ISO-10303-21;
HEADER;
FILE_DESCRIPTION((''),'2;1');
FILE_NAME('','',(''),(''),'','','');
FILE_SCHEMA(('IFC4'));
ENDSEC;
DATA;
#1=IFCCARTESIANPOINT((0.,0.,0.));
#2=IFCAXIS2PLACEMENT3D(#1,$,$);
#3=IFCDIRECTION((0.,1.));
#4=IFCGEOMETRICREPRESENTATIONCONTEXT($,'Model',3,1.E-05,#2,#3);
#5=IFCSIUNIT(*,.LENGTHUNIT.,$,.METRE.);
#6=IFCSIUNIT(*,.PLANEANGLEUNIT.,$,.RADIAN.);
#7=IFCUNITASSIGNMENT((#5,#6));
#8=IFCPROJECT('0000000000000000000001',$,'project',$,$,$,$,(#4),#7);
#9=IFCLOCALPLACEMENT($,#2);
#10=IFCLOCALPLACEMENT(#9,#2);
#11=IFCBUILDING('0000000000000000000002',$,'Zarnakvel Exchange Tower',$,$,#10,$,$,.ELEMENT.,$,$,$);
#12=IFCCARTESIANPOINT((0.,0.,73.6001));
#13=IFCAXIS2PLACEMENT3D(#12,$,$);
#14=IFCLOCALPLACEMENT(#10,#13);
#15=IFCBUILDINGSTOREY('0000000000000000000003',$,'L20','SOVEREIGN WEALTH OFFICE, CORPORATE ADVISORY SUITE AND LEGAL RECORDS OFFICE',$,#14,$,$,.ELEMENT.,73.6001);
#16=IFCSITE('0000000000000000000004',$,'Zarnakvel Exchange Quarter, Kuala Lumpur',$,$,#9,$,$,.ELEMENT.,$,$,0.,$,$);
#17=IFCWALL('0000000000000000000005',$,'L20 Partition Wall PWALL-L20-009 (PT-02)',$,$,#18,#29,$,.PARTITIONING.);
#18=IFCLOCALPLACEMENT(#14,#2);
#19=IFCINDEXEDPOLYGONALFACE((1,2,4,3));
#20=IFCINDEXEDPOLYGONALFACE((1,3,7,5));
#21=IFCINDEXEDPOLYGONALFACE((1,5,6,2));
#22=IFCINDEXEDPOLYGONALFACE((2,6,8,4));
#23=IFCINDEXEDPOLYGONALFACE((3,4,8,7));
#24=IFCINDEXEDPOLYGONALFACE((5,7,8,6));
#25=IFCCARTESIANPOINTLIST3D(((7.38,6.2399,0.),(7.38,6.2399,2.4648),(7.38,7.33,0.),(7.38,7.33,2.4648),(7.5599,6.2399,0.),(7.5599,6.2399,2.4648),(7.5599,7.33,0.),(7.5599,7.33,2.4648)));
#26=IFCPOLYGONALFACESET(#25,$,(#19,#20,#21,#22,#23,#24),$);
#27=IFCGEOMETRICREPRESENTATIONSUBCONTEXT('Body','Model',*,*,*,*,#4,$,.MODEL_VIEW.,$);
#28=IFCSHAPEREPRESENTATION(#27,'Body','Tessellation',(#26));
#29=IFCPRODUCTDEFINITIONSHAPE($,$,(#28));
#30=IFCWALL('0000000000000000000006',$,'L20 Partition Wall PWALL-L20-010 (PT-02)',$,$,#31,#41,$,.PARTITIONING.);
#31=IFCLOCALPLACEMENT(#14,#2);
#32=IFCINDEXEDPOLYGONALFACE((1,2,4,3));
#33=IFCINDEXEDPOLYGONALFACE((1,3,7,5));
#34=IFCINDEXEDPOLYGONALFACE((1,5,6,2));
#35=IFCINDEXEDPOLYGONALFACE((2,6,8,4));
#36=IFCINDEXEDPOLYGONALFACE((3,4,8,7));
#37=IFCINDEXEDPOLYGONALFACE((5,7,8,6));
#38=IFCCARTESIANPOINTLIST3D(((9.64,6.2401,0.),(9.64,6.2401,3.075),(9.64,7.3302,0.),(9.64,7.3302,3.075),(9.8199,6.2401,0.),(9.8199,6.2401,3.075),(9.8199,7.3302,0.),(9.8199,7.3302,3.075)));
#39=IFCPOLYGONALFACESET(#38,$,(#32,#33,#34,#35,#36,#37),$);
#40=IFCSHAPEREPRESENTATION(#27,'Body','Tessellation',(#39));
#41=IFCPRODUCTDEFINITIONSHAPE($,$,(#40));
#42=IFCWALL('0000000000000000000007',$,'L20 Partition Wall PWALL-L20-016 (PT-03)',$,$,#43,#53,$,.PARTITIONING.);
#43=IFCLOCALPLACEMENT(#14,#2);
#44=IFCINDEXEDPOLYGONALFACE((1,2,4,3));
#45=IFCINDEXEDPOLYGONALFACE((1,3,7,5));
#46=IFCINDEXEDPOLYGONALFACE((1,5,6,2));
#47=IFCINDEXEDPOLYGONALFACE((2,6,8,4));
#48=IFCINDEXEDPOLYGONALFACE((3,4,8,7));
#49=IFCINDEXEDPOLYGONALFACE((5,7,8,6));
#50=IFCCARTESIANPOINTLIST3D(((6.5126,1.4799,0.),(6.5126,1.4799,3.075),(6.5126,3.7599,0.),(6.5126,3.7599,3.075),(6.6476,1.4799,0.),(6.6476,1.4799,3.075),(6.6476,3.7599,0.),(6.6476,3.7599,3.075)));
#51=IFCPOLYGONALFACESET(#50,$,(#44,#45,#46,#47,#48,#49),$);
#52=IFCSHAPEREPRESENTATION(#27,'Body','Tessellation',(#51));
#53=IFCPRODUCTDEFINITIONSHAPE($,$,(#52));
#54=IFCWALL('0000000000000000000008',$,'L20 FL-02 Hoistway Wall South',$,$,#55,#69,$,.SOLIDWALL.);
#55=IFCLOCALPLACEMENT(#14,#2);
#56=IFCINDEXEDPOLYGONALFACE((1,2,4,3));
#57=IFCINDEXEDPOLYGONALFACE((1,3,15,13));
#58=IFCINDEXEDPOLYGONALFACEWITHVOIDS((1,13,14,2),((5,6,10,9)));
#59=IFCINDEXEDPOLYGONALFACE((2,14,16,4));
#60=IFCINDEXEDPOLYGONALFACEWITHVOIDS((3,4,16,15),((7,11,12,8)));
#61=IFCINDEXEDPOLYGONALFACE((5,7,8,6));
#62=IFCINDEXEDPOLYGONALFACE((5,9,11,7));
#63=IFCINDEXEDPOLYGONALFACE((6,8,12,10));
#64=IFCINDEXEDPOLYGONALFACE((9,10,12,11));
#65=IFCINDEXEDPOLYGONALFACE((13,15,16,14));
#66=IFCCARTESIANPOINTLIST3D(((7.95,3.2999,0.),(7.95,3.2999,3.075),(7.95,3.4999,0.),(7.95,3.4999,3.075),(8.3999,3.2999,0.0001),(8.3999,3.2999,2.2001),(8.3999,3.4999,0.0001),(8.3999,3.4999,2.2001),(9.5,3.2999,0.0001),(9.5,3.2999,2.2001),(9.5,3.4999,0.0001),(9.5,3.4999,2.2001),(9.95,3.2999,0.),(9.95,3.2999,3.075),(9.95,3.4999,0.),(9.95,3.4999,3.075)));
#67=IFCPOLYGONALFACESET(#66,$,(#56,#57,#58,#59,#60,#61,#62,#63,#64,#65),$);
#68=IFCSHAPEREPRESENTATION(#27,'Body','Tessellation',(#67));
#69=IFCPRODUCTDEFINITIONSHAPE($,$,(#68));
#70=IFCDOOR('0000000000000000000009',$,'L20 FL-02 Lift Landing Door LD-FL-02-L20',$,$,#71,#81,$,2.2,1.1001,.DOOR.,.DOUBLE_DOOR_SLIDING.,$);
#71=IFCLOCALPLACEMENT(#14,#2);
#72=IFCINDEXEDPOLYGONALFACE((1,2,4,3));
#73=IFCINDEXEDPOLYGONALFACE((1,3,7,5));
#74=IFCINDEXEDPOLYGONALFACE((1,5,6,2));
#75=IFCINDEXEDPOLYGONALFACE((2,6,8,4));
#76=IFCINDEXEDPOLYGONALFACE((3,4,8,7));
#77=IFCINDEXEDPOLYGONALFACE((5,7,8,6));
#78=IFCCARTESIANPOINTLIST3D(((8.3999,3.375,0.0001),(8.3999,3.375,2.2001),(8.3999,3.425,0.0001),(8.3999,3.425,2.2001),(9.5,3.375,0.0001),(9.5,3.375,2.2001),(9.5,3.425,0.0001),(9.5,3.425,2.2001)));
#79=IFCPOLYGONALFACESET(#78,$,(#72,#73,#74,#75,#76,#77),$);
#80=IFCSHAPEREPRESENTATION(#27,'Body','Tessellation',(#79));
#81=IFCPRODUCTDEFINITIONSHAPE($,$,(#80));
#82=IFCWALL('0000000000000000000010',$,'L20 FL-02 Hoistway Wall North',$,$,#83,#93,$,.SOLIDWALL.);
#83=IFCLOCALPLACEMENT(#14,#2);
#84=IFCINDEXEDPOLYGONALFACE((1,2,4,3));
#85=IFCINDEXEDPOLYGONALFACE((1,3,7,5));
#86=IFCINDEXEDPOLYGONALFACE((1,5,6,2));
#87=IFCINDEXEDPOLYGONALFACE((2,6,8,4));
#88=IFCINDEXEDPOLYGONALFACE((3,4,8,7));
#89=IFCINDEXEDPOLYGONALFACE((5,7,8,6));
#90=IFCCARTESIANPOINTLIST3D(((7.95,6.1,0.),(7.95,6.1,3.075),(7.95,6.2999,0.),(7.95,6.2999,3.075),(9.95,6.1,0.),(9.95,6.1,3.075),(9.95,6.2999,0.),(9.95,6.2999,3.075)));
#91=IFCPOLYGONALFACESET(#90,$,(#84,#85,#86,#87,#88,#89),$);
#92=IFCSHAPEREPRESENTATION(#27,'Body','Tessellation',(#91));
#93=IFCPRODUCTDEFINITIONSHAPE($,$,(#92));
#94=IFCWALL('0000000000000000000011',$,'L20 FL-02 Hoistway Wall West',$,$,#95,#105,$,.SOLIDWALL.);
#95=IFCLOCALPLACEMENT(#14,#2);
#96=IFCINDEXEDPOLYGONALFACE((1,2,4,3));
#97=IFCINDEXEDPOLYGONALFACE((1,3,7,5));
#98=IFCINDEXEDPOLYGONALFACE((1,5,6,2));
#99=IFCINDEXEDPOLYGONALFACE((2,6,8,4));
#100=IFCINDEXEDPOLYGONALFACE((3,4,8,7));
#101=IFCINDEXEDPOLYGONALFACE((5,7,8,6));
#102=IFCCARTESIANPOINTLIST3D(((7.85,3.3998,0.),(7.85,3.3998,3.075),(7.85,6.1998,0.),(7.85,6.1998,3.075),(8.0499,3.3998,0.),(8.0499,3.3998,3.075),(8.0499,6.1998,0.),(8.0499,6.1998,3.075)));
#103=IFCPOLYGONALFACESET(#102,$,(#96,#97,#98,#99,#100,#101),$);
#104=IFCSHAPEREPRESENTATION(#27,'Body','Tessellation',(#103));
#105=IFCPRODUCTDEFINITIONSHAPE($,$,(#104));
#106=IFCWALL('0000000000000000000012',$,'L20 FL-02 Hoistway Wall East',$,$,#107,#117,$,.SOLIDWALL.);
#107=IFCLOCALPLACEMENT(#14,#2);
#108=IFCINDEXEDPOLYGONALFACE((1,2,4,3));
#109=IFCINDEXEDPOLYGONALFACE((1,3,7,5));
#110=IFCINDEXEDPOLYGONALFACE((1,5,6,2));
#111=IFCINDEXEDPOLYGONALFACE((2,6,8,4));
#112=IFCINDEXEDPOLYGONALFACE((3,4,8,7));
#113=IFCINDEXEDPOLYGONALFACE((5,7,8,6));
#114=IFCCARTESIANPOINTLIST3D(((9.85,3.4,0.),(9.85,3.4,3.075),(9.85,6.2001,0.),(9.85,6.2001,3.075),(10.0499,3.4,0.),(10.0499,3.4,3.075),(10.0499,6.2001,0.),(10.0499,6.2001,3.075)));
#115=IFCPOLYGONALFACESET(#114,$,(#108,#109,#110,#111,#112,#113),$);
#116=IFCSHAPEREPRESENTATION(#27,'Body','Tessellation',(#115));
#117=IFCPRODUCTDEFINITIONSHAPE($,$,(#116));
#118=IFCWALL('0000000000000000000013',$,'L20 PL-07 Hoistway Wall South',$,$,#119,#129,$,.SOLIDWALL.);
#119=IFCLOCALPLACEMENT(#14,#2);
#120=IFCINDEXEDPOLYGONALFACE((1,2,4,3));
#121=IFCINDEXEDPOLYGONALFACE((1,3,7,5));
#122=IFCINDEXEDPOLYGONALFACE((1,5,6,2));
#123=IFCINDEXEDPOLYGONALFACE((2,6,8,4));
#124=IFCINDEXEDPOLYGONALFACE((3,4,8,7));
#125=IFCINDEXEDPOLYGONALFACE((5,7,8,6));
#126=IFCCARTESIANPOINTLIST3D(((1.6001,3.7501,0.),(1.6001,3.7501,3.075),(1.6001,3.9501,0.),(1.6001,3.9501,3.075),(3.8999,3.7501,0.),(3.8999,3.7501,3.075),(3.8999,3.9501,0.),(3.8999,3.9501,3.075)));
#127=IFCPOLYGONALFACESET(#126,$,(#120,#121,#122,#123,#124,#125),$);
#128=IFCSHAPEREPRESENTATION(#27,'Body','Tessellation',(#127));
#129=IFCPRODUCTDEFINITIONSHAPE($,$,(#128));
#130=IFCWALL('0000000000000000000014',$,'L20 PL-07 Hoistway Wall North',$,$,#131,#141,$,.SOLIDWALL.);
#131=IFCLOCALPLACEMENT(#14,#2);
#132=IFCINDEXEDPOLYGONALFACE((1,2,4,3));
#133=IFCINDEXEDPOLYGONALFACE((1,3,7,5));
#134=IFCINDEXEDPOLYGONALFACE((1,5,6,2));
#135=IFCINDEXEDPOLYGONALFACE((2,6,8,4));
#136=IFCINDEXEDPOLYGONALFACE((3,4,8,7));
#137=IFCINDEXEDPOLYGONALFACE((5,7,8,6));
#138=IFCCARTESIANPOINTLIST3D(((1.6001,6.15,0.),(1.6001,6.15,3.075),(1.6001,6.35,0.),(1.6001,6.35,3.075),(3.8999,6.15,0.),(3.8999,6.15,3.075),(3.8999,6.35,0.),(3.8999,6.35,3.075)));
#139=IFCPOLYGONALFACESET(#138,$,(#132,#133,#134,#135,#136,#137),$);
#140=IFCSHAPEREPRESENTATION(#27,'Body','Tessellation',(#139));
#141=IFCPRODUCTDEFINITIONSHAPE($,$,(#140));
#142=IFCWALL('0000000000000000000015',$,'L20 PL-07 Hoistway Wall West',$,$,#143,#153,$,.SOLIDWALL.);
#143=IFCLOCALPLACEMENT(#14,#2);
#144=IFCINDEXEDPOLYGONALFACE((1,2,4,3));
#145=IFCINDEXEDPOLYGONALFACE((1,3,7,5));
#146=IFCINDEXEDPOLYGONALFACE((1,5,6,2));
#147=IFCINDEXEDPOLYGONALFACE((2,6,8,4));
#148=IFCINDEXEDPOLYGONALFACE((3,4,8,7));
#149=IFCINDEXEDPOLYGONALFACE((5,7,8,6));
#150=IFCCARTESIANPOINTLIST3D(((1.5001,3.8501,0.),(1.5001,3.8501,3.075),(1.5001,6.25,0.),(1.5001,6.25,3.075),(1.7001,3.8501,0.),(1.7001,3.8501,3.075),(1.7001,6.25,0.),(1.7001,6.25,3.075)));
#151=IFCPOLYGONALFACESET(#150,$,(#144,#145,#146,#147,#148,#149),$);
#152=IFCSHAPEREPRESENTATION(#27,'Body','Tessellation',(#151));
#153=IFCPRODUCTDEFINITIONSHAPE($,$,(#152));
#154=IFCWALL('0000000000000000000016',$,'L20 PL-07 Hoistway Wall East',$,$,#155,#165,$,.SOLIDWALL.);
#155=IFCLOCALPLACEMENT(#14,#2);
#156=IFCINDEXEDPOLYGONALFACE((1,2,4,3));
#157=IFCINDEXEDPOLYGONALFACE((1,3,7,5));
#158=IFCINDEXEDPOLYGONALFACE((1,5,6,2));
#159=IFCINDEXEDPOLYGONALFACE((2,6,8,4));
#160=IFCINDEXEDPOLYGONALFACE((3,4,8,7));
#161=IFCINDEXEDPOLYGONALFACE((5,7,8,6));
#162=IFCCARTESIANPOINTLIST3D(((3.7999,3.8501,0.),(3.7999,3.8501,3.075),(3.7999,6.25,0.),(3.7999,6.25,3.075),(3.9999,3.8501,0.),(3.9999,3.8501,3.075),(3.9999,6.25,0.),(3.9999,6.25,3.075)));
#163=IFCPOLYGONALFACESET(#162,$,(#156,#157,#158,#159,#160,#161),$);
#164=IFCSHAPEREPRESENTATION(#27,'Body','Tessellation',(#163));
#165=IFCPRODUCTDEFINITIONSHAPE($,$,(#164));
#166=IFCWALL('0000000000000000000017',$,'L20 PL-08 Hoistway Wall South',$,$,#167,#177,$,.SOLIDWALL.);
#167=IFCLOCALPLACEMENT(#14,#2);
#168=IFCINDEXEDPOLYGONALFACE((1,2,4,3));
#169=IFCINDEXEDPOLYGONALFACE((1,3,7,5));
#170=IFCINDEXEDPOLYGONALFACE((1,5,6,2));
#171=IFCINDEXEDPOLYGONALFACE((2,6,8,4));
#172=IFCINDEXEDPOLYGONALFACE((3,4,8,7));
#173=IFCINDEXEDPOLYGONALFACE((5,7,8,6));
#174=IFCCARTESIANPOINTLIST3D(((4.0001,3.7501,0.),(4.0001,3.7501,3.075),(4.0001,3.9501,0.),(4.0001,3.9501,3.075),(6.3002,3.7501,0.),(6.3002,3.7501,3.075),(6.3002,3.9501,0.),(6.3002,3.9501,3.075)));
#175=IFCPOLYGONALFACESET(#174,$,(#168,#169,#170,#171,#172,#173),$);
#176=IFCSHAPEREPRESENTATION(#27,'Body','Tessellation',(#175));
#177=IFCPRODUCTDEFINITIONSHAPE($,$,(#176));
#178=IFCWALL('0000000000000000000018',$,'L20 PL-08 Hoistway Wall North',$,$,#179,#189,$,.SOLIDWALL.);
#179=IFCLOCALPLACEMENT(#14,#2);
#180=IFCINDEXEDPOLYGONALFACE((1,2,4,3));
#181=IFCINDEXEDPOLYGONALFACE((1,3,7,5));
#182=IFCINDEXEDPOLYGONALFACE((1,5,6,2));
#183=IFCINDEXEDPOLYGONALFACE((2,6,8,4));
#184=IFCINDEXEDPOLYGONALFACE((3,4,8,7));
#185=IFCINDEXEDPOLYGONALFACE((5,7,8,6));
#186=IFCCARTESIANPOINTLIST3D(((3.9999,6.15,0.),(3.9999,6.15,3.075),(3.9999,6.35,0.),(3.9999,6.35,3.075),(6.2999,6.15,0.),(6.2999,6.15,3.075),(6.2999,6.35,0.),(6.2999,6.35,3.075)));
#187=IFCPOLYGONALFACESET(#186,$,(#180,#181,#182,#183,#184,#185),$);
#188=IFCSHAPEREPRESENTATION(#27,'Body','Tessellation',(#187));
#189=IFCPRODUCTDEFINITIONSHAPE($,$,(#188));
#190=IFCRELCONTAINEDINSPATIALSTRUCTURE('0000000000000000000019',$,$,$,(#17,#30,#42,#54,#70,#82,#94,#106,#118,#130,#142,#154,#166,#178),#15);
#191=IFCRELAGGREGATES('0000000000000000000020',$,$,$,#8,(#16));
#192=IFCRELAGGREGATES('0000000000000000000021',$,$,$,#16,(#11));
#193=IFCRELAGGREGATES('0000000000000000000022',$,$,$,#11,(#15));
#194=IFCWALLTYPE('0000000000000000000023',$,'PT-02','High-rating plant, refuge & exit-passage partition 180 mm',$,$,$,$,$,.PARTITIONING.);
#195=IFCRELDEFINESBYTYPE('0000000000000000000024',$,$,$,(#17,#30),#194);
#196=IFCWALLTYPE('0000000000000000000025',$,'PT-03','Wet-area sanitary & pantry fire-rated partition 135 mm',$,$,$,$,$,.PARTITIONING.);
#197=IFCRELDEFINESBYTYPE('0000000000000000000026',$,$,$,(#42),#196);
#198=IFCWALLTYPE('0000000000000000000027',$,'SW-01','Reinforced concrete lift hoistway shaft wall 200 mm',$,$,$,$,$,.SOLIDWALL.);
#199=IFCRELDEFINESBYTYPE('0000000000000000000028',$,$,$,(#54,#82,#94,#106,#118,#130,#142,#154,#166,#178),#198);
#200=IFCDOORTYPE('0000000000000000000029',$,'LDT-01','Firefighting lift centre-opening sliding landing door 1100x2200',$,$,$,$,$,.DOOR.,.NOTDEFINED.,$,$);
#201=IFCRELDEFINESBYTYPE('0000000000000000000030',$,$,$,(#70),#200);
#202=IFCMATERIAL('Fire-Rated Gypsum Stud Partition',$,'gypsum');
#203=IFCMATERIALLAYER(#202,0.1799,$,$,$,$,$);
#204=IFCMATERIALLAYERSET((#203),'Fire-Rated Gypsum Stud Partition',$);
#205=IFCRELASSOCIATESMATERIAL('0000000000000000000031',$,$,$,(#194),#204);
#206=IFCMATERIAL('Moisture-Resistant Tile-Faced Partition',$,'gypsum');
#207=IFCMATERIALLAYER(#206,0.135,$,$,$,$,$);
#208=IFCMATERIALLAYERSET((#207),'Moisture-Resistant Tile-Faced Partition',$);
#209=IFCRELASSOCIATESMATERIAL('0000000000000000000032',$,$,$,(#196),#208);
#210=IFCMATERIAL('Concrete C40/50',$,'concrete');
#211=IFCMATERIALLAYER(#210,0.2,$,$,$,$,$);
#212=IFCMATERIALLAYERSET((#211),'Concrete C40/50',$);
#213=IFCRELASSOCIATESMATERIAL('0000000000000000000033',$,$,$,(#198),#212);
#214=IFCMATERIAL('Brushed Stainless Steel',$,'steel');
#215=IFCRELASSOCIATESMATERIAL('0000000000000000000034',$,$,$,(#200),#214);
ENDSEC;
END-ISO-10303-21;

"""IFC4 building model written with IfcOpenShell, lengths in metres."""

from ifc_helpers import new_model, si_unit, direction, frame, frame_2d, origin, place, context, subcontext, project, spatial, rectangle, extrude, source, transform, mapped, material, layer, layer_set, type_object, element, fill, save


model = new_model("IFC4")

# Units and contexts
model_context = context("Model", 3, precision=1e-05, world=origin(), true_north=direction((0.0, 1.0)))
body_context = subcontext(model_context, "Body", "Model", "MODEL_VIEW")
ifc_project = project(units=[si_unit("LENGTHUNIT", "METRE"), si_unit("PLANEANGLEUNIT", "RADIAN")], contexts=[model_context])

# Site, building, storey
site_placement = place(None, origin())
site = spatial("IfcSite", under=ifc_project, at=site_placement, Name="Zarnakvel Exchange Quarter, Kuala Lumpur", CompositionType="ELEMENT", RefElevation=0.0)
building_placement = place(site_placement, origin())
building = spatial("IfcBuilding", under=site, at=building_placement, Name="Zarnakvel Exchange Tower", CompositionType="ELEMENT")
storey_placement = place(building_placement, frame((0.0, 0.0, 73.6001)))
storey = spatial("IfcBuildingStorey", under=building, at=storey_placement, Name="L20", Description="SOVEREIGN WEALTH OFFICE, CORPORATE ADVISORY SUITE AND LEGAL RECORDS OFFICE", CompositionType="ELEMENT", Elevation=73.6001)

# Walls
ifc_material_1 = material(Name="Fire-Rated Gypsum Stud Partition", Category="gypsum")
ifc_layer_1 = layer(ifc_material_1, 0.1799)
ifc_layer_set_1 = layer_set([ifc_layer_1], Name="Fire-Rated Gypsum Stud Partition")
wall_type_1 = type_object("IfcWallType", Name="PT-02", Description="High-rating plant, refuge & exit-passage partition 180 mm", PredefinedType="PARTITIONING", material=ifc_layer_set_1)
wall_1_placement = place(storey_placement, frame((7.47, 6.24, 0.0), z_axis=(0.0, 0.0, 1.0), x_axis=(0.0, 1.0, 0.0)))
element("IfcWall", 1, at=wall_1_placement, inside=storey, type_object=wall_type_1, Name="L20 Partition Wall PWALL-L20-009 (PT-02)", PredefinedType="PARTITIONING", context=body_context, shape_type="SweptSolid", body=[
    extrude(rectangle(XDim=1.0901, YDim=0.1799, at=frame_2d((0.5449, 0.0))), origin(), (0.0, 0.0, 1.0), 2.4648),
])
wall_2_placement = place(storey_placement, frame((9.73, 7.3301, 0.0), z_axis=(0.0, 0.0, 1.0), x_axis=(0.0, -1.0, 0.0)))
element("IfcWall", 2, at=wall_2_placement, inside=storey, type_object=wall_type_1, Name="L20 Partition Wall PWALL-L20-010 (PT-02)", PredefinedType="PARTITIONING", context=body_context, shape_type="SweptSolid", body=[
    extrude(rectangle(XDim=1.0901, YDim=0.1799, at=frame_2d((0.5449, 0.0))), origin(), (0.0, 0.0, 1.0), 3.075),
])
ifc_material_2 = material(Name="Moisture-Resistant Tile-Faced Partition", Category="gypsum")
ifc_layer_2 = layer(ifc_material_2, 0.135)
ifc_layer_set_2 = layer_set([ifc_layer_2], Name="Moisture-Resistant Tile-Faced Partition")
wall_type_2 = type_object("IfcWallType", Name="PT-03", Description="Wet-area sanitary & pantry fire-rated partition 135 mm", PredefinedType="PARTITIONING", material=ifc_layer_set_2)
wall_3_placement = place(storey_placement, frame((6.5801, 3.76, 0.0), z_axis=(0.0, 0.0, 1.0), x_axis=(0.0, -1.0, 0.0)))
element("IfcWall", 3, at=wall_3_placement, inside=storey, type_object=wall_type_2, Name="L20 Partition Wall PWALL-L20-016 (PT-03)", PredefinedType="PARTITIONING", context=body_context, shape_type="SweptSolid", body=[
    extrude(rectangle(XDim=2.28, YDim=0.135, at=frame_2d((1.1401, 0.0))), origin(), (0.0, 0.0, 1.0), 3.075),
])

# Wall, opening, door
ifc_material_3 = material(Name="Concrete C40/50", Category="concrete")
ifc_layer_3 = layer(ifc_material_3, 0.2)
ifc_layer_set_3 = layer_set([ifc_layer_3], Name="Concrete C40/50")
wall_type_3 = type_object("IfcWallType", Name="SW-01", Description="Reinforced concrete lift hoistway shaft wall 200 mm", PredefinedType="SOLIDWALL", material=ifc_layer_set_3)
wall_4_placement = place(storey_placement, frame((9.95, 3.3999, 0.0), z_axis=(0.0, 0.0, 1.0), x_axis=(-1.0, 0.0, 0.0)))
wall_4 = element("IfcWall", 4, at=wall_4_placement, inside=storey, type_object=wall_type_3, Name="L20 FL-02 Hoistway Wall South", PredefinedType="SOLIDWALL", context=body_context, shape_type="SweptSolid", body=[
    extrude(rectangle(XDim=2.0, YDim=0.2, at=frame_2d((1.0, 0.0))), origin(), (0.0, 0.0, 1.0), 3.075),
])
opening_placement = place(wall_4_placement, frame((0.45, 0.0, 0.0)))
opening = element("IfcOpeningElement", 5, at=opening_placement, cuts=wall_4, PredefinedType="OPENING", context=body_context, shape_type="SweptSolid", body=[
    extrude(rectangle(XDim=1.1001, YDim=2.2, at=frame_2d((0.55, 1.1001))), frame((0.0, 0.1099, 0.0), z_axis=(0.0, -1.0, 0.0), x_axis=(1.0, 0.0, 0.0)), (0.0, 0.0, 1.0), 0.22),
])
ifc_material_4 = material(Name="Brushed Stainless Steel", Category="steel")
door_type = type_object("IfcDoorType", Name="LDT-01", Description="Firefighting lift centre-opening sliding landing door 1100x2200", OperationType="NOTDEFINED", PredefinedType="DOOR", material=ifc_material_4)
shared_shape_1 = source(origin(), body_context, "Body", "SweptSolid", [
    extrude(rectangle(XDim=1.1001, YDim=2.2, at=frame_2d((0.55, 1.1001))), frame((0.0, 0.0249, 0.0), z_axis=(0.0, -1.0, 0.0), x_axis=(1.0, 0.0, 0.0)), (0.0, 0.0, 1.0), 0.05),
])
door_placement = place(opening_placement, origin())
door = element("IfcDoor", 6, at=door_placement, inside=storey, type_object=door_type, Name="L20 FL-02 Lift Landing Door LD-FL-02-L20", OperationType="DOUBLE_DOOR_SLIDING", OverallHeight=2.2, OverallWidth=1.1001, PredefinedType="DOOR", context=body_context, shape_type="MappedRepresentation", body=[
    mapped(shared_shape_1, transform((0.0, 0.0, 0.0), x_axis=(1.0, 0.0, 0.0), y_axis=(0.0, 1.0, 0.0), z_axis=(0.0, 0.0, 1.0), scale=1.0)),
])
fill(opening, door)

# Walls
wall_5_placement = place(storey_placement, frame((7.95, 6.2, 0.0), z_axis=(0.0, 0.0, 1.0), x_axis=(1.0, 0.0, 0.0)))
element("IfcWall", 7, at=wall_5_placement, inside=storey, type_object=wall_type_3, Name="L20 FL-02 Hoistway Wall North", PredefinedType="SOLIDWALL", context=body_context, shape_type="SweptSolid", body=[
    extrude(rectangle(XDim=2.0, YDim=0.2, at=frame_2d((1.0, 0.0))), origin(), (0.0, 0.0, 1.0), 3.075),
])
for number, where, z_axis, x_axis, name in (
    (8, (7.95, 3.3999, 0.0), (0.0, 0.0, 1.0), (0.0, 1.0, 0.0), "L20 FL-02 Hoistway Wall West"),
    (9, (9.95, 6.2, 0.0), (0.0, 0.0, 1.0), (0.0, -1.0, 0.0), "L20 FL-02 Hoistway Wall East"),
):
    element("IfcWall", number, at=place(storey_placement, frame(where, z_axis=z_axis, x_axis=x_axis)), inside=storey, type_object=wall_type_3, Name=name, PredefinedType="SOLIDWALL", context=body_context, shape_type="SweptSolid", body=[
        extrude(rectangle(XDim=2.8, YDim=0.2, at=frame_2d((1.3999, 0.0))), origin(), (0.0, 0.0, 1.0), 3.075),
    ])
for number, where, z_axis, x_axis, name in (
    (10, (3.8999, 3.8501, 0.0), (0.0, 0.0, 1.0), (-1.0, 0.0, 0.0), "L20 PL-07 Hoistway Wall South"),
    (11, (1.6001, 6.25, 0.0), (0.0, 0.0, 1.0), (1.0, 0.0, 0.0), "L20 PL-07 Hoistway Wall North"),
):
    element("IfcWall", number, at=place(storey_placement, frame(where, z_axis=z_axis, x_axis=x_axis)), inside=storey, type_object=wall_type_3, Name=name, PredefinedType="SOLIDWALL", context=body_context, shape_type="SweptSolid", body=[
        extrude(rectangle(XDim=2.2998, YDim=0.2, at=frame_2d((1.1499, 0.0))), origin(), (0.0, 0.0, 1.0), 3.075),
    ])
for number, where, z_axis, x_axis, name in (
    (12, (1.6001, 3.8501, 0.0), (0.0, 0.0, 1.0), (0.0, 1.0, 0.0), "L20 PL-07 Hoistway Wall West"),
    (13, (3.8999, 6.25, 0.0), (0.0, 0.0, 1.0), (0.0, -1.0, 0.0), "L20 PL-07 Hoistway Wall East"),
):
    element("IfcWall", number, at=place(storey_placement, frame(where, z_axis=z_axis, x_axis=x_axis)), inside=storey, type_object=wall_type_3, Name=name, PredefinedType="SOLIDWALL", context=body_context, shape_type="SweptSolid", body=[
        extrude(rectangle(XDim=2.3999, YDim=0.2, at=frame_2d((1.2, 0.0))), origin(), (0.0, 0.0, 1.0), 3.075),
    ])
for number, where, z_axis, x_axis, name in (
    (14, (6.3, 3.8501, 0.0), (0.0, 0.0, 1.0), (-1.0, 0.0, 0.0), "L20 PL-08 Hoistway Wall South"),
    (15, (4.0, 6.25, 0.0), (0.0, 0.0, 1.0), (1.0, 0.0, 0.0), "L20 PL-08 Hoistway Wall North"),
):
    element("IfcWall", number, at=place(storey_placement, frame(where, z_axis=z_axis, x_axis=x_axis)), inside=storey, type_object=wall_type_3, Name=name, PredefinedType="SOLIDWALL", context=body_context, shape_type="SweptSolid", body=[
        extrude(rectangle(XDim=2.3, YDim=0.2, at=frame_2d((1.1499, 0.0))), origin(), (0.0, 0.0, 1.0), 3.075),
    ])

save(model, "model.ifc")
